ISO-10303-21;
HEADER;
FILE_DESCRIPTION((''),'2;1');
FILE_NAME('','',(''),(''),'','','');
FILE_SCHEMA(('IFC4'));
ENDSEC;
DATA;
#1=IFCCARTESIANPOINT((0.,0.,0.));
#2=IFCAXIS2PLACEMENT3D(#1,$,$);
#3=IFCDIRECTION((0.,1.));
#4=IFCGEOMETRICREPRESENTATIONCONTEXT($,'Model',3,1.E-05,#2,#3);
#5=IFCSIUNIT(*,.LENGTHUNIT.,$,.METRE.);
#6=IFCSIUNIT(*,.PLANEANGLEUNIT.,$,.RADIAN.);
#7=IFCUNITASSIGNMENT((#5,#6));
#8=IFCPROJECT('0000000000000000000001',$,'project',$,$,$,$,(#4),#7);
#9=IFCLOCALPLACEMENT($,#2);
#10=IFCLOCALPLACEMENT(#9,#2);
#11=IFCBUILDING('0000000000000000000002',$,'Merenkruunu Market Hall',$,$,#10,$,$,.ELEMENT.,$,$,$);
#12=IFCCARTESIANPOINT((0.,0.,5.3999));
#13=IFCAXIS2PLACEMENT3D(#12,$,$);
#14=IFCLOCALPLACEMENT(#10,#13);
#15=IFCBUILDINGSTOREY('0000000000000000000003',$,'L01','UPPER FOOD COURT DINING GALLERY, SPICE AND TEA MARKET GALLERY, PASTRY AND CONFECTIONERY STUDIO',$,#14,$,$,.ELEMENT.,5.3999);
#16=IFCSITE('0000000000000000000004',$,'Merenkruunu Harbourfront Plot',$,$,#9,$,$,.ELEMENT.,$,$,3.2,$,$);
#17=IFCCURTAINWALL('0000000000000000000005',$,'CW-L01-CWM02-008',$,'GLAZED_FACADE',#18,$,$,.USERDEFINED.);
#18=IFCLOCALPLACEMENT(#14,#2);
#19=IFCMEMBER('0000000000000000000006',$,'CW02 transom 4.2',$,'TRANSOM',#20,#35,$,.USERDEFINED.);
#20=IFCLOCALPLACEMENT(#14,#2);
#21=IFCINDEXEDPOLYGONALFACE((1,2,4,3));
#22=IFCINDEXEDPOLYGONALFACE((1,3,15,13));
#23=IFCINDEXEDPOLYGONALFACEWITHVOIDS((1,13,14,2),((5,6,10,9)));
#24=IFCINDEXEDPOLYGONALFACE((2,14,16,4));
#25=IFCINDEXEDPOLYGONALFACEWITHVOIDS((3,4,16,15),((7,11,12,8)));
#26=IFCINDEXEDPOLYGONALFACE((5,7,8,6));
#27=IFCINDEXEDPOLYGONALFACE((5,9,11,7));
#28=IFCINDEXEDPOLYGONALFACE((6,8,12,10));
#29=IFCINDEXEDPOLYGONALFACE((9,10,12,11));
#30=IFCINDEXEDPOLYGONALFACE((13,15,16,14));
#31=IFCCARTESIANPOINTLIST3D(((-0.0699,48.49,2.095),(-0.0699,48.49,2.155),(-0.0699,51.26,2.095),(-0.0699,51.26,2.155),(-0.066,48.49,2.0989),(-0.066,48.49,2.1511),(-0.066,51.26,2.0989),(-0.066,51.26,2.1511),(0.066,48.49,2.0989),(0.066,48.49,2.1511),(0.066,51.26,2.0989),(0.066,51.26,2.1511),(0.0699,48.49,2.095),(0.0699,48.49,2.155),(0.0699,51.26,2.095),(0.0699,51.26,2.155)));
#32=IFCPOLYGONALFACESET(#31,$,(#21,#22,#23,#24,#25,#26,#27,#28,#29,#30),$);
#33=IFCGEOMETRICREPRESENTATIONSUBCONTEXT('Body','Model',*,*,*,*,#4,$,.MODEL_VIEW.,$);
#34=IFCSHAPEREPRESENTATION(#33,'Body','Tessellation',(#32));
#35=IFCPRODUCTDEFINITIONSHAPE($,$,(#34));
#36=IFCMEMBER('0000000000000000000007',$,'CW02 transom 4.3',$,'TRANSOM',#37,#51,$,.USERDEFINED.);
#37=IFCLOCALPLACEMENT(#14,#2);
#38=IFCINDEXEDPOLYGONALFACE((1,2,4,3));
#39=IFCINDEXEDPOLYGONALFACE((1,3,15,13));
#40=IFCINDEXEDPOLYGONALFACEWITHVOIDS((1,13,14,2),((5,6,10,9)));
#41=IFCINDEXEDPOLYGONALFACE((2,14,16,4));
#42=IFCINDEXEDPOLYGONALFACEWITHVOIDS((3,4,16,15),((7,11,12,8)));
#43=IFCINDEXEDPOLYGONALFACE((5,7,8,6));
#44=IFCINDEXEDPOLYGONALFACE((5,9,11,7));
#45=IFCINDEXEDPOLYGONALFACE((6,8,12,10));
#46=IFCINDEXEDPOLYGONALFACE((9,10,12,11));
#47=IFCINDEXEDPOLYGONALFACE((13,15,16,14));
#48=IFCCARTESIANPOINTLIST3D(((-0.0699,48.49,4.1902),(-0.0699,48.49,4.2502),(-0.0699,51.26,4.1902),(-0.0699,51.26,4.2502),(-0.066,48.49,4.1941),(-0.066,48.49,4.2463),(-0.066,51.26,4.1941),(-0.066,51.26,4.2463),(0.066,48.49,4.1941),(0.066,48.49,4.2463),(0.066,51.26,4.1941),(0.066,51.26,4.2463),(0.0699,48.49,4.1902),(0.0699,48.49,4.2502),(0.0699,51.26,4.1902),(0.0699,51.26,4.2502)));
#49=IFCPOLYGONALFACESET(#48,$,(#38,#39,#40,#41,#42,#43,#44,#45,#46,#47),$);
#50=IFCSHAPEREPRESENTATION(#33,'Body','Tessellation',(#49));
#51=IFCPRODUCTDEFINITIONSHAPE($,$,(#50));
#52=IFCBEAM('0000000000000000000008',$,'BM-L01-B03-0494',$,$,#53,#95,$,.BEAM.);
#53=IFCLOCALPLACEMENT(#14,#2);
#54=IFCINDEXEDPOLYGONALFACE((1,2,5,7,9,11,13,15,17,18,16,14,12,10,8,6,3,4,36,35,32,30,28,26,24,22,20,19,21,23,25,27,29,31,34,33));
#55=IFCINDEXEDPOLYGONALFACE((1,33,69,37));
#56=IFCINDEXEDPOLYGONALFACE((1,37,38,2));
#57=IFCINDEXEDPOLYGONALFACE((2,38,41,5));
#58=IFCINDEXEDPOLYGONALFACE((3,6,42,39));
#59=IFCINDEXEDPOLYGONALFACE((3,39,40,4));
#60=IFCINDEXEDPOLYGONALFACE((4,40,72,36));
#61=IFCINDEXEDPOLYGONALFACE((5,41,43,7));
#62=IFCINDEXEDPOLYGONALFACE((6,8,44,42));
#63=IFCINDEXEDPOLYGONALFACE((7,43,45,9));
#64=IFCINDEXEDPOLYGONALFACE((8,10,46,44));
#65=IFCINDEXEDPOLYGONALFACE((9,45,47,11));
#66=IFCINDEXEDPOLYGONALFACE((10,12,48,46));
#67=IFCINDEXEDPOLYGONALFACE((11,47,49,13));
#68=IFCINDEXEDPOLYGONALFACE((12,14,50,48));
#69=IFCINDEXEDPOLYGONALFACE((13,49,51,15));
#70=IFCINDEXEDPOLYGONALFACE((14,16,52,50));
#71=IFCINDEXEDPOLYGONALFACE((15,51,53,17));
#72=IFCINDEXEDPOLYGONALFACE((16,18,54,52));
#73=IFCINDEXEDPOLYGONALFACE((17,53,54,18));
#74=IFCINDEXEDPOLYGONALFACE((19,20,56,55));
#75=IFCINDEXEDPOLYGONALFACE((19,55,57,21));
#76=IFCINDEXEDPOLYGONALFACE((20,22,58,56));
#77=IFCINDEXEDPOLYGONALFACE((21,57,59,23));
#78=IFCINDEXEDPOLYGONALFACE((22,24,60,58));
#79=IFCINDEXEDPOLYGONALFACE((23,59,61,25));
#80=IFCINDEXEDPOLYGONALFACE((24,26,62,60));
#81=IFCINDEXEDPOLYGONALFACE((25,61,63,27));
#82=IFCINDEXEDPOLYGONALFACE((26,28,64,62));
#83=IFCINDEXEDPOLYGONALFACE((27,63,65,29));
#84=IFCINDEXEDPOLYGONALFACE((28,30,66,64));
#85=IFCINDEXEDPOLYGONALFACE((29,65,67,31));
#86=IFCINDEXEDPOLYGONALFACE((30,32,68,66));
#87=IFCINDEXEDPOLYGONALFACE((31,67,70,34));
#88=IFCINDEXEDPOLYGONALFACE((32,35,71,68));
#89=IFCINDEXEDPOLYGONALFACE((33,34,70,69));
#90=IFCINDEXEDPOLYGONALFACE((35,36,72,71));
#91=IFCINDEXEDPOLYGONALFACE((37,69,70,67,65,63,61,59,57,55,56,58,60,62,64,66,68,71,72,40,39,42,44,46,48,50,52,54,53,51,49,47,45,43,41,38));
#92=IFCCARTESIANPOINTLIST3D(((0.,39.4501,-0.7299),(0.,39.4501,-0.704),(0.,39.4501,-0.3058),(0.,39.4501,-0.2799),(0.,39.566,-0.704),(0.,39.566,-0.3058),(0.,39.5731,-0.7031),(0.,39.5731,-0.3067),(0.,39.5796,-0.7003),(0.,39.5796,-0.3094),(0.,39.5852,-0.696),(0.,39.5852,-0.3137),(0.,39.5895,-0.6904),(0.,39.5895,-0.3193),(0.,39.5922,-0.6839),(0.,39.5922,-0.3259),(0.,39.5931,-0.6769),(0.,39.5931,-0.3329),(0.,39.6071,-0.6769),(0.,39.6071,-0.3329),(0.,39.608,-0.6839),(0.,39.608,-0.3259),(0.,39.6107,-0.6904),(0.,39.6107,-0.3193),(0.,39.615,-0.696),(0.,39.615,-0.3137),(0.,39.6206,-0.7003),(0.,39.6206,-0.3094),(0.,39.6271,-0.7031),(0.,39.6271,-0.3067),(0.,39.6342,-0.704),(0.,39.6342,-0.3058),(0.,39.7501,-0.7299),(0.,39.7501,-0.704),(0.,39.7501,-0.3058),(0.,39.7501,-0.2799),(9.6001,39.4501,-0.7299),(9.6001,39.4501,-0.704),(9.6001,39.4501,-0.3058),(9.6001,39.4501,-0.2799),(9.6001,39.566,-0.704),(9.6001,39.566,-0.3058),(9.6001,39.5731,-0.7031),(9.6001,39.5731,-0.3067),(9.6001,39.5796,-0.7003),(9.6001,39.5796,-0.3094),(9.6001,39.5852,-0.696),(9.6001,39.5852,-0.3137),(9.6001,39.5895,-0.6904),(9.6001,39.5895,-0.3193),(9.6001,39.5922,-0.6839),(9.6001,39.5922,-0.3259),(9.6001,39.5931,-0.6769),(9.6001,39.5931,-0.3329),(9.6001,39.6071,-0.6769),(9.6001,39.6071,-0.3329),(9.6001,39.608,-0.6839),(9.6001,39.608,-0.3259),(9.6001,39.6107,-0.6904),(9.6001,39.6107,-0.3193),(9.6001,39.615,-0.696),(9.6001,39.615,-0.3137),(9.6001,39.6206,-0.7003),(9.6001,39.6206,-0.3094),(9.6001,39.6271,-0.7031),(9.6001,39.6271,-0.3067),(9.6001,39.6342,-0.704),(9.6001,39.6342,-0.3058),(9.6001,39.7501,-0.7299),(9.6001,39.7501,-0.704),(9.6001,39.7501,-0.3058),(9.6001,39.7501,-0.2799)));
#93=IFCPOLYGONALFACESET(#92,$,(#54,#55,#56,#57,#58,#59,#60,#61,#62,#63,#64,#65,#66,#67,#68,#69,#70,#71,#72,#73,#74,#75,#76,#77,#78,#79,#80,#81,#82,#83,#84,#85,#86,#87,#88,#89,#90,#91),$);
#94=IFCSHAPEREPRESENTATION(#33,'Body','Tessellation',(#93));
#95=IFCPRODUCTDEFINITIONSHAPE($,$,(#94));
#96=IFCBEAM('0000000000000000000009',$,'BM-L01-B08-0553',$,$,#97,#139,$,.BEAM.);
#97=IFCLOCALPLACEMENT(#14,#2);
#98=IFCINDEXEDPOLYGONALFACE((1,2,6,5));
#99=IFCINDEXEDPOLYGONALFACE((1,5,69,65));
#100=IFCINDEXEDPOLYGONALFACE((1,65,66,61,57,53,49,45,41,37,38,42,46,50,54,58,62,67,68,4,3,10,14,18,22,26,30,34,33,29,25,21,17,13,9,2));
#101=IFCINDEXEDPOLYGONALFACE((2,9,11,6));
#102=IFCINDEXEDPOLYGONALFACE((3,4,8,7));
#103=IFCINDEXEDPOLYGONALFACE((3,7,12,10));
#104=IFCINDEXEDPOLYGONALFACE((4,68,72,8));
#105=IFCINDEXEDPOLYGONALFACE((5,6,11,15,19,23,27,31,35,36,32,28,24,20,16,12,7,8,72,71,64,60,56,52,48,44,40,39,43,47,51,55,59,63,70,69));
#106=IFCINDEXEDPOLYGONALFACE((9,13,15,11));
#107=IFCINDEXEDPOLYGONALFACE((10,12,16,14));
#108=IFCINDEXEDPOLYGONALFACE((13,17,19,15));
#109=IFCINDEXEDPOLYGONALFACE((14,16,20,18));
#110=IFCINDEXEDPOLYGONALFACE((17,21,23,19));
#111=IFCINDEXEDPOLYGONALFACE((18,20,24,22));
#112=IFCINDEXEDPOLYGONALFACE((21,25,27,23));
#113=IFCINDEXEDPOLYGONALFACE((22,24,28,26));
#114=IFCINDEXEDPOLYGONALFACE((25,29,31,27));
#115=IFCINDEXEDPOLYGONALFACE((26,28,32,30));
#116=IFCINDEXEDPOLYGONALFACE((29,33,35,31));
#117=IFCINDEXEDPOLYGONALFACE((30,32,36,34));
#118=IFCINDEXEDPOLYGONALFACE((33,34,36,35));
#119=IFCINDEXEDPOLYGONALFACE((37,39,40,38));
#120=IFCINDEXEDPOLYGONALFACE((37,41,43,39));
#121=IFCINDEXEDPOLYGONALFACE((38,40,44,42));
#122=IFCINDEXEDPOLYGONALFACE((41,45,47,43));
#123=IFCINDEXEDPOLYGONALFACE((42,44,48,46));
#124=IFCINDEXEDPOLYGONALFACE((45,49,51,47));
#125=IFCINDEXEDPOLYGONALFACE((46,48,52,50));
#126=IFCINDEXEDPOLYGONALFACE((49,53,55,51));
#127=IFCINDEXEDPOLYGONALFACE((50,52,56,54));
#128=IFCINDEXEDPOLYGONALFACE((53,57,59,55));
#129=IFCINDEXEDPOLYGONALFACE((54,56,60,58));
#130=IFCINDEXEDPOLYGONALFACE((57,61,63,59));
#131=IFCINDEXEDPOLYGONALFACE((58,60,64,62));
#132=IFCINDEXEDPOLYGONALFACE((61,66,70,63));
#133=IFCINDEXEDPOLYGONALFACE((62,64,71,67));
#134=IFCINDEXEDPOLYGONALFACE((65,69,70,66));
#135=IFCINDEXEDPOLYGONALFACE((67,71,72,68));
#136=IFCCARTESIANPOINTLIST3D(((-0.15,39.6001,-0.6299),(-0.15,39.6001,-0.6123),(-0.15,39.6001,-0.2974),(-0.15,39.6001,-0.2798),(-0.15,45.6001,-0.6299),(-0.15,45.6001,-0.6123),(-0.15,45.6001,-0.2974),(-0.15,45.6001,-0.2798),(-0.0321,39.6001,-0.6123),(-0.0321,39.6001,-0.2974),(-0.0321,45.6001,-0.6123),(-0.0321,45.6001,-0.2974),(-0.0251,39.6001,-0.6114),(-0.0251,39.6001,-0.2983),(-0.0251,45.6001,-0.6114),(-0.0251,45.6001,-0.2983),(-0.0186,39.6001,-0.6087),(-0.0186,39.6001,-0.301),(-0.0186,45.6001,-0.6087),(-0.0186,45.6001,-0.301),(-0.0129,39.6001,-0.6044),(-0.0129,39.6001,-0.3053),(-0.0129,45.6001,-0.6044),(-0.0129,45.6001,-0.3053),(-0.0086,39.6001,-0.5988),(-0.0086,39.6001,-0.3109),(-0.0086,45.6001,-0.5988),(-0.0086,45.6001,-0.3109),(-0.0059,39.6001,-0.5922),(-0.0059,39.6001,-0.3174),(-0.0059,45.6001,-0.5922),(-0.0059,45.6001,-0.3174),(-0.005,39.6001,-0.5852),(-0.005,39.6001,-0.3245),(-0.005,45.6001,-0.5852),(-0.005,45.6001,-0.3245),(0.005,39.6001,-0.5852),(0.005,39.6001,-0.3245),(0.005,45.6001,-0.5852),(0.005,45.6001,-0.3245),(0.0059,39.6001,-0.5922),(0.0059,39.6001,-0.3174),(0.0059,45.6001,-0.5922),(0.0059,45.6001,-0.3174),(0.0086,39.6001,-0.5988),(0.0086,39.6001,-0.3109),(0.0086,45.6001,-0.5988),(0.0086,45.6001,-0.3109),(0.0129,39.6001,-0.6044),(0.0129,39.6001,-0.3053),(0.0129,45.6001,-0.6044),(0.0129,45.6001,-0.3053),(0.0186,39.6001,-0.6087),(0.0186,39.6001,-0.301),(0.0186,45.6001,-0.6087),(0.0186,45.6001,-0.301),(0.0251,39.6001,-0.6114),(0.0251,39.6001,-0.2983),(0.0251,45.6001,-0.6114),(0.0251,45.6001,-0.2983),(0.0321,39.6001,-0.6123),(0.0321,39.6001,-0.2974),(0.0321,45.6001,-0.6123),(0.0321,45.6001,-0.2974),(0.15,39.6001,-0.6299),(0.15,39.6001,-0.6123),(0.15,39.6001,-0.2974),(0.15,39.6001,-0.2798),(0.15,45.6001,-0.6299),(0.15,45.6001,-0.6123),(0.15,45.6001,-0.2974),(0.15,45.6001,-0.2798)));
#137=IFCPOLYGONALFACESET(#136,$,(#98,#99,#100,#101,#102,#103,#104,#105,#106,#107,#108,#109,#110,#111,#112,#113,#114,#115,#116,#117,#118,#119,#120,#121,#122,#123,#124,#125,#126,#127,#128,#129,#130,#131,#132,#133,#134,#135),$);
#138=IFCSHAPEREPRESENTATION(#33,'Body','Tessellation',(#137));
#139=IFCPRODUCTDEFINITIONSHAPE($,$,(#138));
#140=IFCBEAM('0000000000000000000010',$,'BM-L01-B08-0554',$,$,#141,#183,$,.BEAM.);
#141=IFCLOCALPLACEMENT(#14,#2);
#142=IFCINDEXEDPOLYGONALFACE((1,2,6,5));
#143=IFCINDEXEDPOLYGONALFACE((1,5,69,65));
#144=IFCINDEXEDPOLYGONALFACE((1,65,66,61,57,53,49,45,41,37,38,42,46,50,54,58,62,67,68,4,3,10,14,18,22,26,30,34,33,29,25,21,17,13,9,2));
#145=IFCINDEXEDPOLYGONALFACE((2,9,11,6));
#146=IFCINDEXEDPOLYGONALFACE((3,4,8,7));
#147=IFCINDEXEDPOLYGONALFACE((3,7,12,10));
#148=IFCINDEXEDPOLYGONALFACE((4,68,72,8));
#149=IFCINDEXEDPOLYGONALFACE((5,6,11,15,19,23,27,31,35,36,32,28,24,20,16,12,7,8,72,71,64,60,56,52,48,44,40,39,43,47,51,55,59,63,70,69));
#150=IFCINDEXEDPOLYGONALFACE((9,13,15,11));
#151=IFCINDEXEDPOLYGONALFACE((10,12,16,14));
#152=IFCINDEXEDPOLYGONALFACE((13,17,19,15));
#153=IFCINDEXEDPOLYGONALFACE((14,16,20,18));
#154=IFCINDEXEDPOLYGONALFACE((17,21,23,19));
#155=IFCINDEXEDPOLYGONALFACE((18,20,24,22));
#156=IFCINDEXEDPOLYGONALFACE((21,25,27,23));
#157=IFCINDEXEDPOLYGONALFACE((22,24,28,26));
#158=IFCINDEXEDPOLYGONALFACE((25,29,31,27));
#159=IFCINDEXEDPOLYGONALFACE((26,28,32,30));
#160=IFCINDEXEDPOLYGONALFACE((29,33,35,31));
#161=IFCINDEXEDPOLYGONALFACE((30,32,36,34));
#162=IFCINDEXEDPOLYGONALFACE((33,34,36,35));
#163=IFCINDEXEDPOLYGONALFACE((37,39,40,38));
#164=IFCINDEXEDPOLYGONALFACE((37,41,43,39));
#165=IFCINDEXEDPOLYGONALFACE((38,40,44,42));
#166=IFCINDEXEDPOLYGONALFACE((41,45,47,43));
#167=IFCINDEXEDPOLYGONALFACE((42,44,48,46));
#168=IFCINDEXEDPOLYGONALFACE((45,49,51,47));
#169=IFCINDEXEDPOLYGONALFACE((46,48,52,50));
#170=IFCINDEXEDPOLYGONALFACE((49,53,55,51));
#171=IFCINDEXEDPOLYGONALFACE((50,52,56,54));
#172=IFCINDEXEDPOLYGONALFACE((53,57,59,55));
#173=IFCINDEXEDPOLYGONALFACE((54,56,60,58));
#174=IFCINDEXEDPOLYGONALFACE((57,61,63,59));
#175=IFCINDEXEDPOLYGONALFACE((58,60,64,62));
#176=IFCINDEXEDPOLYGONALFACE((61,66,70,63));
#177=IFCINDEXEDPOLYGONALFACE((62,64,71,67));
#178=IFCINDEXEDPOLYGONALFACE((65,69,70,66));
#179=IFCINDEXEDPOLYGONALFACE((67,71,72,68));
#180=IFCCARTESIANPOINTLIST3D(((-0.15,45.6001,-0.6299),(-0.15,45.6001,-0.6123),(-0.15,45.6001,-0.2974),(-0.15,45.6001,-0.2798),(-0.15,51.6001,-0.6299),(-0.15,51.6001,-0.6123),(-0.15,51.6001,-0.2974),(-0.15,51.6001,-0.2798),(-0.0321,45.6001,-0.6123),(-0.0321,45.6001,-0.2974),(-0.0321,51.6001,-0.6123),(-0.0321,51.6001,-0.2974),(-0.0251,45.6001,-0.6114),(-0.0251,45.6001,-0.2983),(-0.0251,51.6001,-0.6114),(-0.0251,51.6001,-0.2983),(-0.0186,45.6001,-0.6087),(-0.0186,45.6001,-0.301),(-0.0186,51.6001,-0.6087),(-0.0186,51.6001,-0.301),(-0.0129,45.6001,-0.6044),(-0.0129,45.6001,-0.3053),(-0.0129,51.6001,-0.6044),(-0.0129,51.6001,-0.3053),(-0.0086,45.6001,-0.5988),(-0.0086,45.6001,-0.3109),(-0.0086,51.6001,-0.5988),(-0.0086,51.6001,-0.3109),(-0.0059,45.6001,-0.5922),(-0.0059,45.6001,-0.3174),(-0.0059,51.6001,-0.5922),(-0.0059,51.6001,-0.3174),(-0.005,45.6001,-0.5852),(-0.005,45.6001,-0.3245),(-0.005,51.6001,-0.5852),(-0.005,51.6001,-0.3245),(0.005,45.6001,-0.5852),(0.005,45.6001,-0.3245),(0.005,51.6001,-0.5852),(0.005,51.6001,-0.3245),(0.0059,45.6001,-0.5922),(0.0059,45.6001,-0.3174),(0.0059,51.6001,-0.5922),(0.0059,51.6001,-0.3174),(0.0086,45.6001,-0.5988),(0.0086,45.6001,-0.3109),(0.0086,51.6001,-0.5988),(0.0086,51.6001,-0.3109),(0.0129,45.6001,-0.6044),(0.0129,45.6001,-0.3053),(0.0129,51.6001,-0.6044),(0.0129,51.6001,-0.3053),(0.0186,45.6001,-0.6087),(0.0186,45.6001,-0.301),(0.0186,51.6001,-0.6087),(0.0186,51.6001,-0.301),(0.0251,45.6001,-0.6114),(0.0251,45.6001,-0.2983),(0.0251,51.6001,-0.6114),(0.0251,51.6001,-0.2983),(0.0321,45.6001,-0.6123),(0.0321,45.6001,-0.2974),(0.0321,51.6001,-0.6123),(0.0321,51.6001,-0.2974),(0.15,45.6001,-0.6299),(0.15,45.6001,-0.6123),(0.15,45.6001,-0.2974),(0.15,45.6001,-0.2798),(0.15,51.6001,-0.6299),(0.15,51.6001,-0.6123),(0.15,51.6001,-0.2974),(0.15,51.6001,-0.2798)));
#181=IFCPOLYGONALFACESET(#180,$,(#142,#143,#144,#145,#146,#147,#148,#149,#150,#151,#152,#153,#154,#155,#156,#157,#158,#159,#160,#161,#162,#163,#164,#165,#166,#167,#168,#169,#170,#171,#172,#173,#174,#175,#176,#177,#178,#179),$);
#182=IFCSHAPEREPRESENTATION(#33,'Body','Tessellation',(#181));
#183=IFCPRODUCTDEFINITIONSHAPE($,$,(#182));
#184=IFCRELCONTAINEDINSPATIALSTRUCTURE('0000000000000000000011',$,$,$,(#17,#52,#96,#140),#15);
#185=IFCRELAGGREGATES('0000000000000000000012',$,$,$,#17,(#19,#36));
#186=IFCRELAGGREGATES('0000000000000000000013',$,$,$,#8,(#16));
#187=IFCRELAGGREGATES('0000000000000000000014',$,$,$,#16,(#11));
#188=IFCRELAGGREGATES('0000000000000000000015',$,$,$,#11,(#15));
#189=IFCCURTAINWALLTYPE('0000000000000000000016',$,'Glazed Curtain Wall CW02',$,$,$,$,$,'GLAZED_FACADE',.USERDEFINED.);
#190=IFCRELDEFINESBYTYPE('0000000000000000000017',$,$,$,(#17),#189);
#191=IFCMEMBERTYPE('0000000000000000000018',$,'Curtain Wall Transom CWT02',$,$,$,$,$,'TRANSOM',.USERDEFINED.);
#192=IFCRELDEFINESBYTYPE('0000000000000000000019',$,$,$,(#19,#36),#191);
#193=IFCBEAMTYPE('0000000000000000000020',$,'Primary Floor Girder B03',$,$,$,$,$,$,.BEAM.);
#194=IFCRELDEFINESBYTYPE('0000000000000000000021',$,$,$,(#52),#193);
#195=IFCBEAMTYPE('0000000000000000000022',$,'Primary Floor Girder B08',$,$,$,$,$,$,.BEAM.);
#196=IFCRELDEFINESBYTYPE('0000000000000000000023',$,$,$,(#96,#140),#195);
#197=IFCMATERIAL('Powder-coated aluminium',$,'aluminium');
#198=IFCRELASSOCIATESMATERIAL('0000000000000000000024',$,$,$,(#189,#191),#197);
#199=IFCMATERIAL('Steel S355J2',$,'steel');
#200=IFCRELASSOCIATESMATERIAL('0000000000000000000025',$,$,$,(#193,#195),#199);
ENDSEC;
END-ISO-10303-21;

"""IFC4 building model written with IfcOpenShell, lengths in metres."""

from ifc_helpers import new_model, si_unit, direction, frame, origin, origin_2d, place, context, subcontext, project, spatial, hollow_rectangle, i_section, extrude, material, material_profile, profile_set, type_object, element, aggregate, save


model = new_model("IFC4")

# Units and contexts
model_context = context("Model", 3, precision=1e-05, world=origin(), true_north=direction((0.0, 1.0)))
body_context = subcontext(model_context, "Body", "Model", "MODEL_VIEW")
ifc_project = project(units=[si_unit("LENGTHUNIT", "METRE"), si_unit("PLANEANGLEUNIT", "RADIAN")], contexts=[model_context])

# Site, building, storey
site_placement = place(None, origin())
site = spatial("IfcSite", under=ifc_project, at=site_placement, Name="Merenkruunu Harbourfront Plot", CompositionType="ELEMENT", RefElevation=3.2)
building_placement = place(site_placement, origin())
building = spatial("IfcBuilding", under=site, at=building_placement, Name="Merenkruunu Market Hall", CompositionType="ELEMENT")
storey_placement = place(building_placement, frame((0.0, 0.0, 5.3999)))
storey = spatial("IfcBuildingStorey", under=building, at=storey_placement, Name="L01", Description="UPPER FOOD COURT DINING GALLERY, SPICE AND TEA MARKET GALLERY, PASTRY AND CONFECTIONERY STUDIO", CompositionType="ELEMENT", Elevation=5.3999)

# Shared definitions
ifc_material_1 = material(Name="Steel S355J2", Category="steel")

# Curtain wall, members
ifc_material_2 = material(Name="Powder-coated aluminium", Category="aluminium")
curtain_wall_type = type_object("IfcCurtainWallType", Name="Glazed Curtain Wall CW02", ElementType="GLAZED_FACADE", PredefinedType="USERDEFINED", material=ifc_material_2)
curtain_wall_placement = place(storey_placement, origin())
curtain_wall = element("IfcCurtainWall", 1, at=curtain_wall_placement, inside=storey, type_object=curtain_wall_type, Name="CW-L01-CWM02-008", ObjectType="GLAZED_FACADE", PredefinedType="USERDEFINED")
ifc_material_profile_1 = material_profile(ifc_material_2, hollow_rectangle(XDim=0.0601, YDim=0.1399, WallThickness=0.0039, at=origin_2d()), Name="ALU 60x140x4")
ifc_profile_set_1 = profile_set([ifc_material_profile_1], Name="Powder-coated aluminium")
member_type_1 = type_object("IfcMemberType", Name="Curtain Wall Transom CWT02", ElementType="TRANSOM", PredefinedType="USERDEFINED", material=ifc_profile_set_1)
member_1_placement = place(storey_placement, frame((0.0, 48.49, 2.125), z_axis=(0.0, 1.0, 0.0), x_axis=(0.0, 0.0, 1.0)))
member_1 = element("IfcMember", 2, at=member_1_placement, type_object=member_type_1, Name="CW02 transom 4.2", ObjectType="TRANSOM", PredefinedType="USERDEFINED", context=body_context, shape_type="SweptSolid", body=[
    extrude(hollow_rectangle(XDim=0.0601, YDim=0.1399, WallThickness=0.0039, at=origin_2d()), origin(), (0.0, 0.0, 1.0), 2.77),
])
member_2_placement = place(storey_placement, frame((0.0, 48.49, 4.2202), z_axis=(0.0, 1.0, 0.0), x_axis=(0.0, 0.0, 1.0)))
member_2 = element("IfcMember", 3, at=member_2_placement, type_object=member_type_1, Name="CW02 transom 4.3", ObjectType="TRANSOM", PredefinedType="USERDEFINED", context=body_context, shape_type="SweptSolid", body=[
    extrude(hollow_rectangle(XDim=0.0601, YDim=0.1399, WallThickness=0.0039, at=origin_2d()), origin(), (0.0, 0.0, 1.0), 2.77),
])

# Beams
ifc_material_profile_2 = material_profile(ifc_material_1, i_section(OverallWidth=0.3, OverallDepth=0.45, WebThickness=0.0139, FlangeThickness=0.0259, FilletRadius=0.0271, at=origin_2d()), Name="HEB 450")
ifc_profile_set_2 = profile_set([ifc_material_profile_2], Name="Steel S355J2")
beam_type_1 = type_object("IfcBeamType", Name="Primary Floor Girder B03", PredefinedType="BEAM", material=ifc_profile_set_2)
beam_1_placement = place(storey_placement, frame((0.0, 39.6001, -0.5049), z_axis=(1.0, 0.0, 0.0), x_axis=(0.0, 1.0, 0.0)))
element("IfcBeam", 4, at=beam_1_placement, inside=storey, type_object=beam_type_1, Name="BM-L01-B03-0494", PredefinedType="BEAM", context=body_context, shape_type="SweptSolid", body=[
    extrude(i_section(OverallWidth=0.3, OverallDepth=0.45, WebThickness=0.0139, FlangeThickness=0.0259, FilletRadius=0.0271, at=origin_2d()), origin(), (0.0, 0.0, 1.0), 9.6001),
])
ifc_material_profile_3 = material_profile(ifc_material_1, i_section(OverallWidth=0.3, OverallDepth=0.3501, WebThickness=0.01, FlangeThickness=0.0176, FilletRadius=0.0271, at=origin_2d()), Name="HEA 360")
ifc_profile_set_3 = profile_set([ifc_material_profile_3], Name="Steel S355J2")
beam_type_2 = type_object("IfcBeamType", Name="Primary Floor Girder B08", PredefinedType="BEAM", material=ifc_profile_set_3)
for number, where, z_axis, x_axis, name in (
    (5, (0.0, 39.6001, -0.4548), (0.0, 1.0, 0.0), (-1.0, 0.0, 0.0), "BM-L01-B08-0553"),
    (6, (0.0, 45.6001, -0.4548), (0.0, 1.0, 0.0), (-1.0, 0.0, 0.0), "BM-L01-B08-0554"),
):
    element("IfcBeam", number, at=place(storey_placement, frame(where, z_axis=z_axis, x_axis=x_axis)), inside=storey, type_object=beam_type_2, Name=name, PredefinedType="BEAM", context=body_context, shape_type="SweptSolid", body=[
        extrude(i_section(OverallWidth=0.3, OverallDepth=0.3501, WebThickness=0.01, FlangeThickness=0.0176, FilletRadius=0.0271, at=origin_2d()), origin(), (0.0, 0.0, 1.0), 6.0),
    ])

aggregate(curtain_wall, [member_1, member_2])

save(model, "model.ifc")
